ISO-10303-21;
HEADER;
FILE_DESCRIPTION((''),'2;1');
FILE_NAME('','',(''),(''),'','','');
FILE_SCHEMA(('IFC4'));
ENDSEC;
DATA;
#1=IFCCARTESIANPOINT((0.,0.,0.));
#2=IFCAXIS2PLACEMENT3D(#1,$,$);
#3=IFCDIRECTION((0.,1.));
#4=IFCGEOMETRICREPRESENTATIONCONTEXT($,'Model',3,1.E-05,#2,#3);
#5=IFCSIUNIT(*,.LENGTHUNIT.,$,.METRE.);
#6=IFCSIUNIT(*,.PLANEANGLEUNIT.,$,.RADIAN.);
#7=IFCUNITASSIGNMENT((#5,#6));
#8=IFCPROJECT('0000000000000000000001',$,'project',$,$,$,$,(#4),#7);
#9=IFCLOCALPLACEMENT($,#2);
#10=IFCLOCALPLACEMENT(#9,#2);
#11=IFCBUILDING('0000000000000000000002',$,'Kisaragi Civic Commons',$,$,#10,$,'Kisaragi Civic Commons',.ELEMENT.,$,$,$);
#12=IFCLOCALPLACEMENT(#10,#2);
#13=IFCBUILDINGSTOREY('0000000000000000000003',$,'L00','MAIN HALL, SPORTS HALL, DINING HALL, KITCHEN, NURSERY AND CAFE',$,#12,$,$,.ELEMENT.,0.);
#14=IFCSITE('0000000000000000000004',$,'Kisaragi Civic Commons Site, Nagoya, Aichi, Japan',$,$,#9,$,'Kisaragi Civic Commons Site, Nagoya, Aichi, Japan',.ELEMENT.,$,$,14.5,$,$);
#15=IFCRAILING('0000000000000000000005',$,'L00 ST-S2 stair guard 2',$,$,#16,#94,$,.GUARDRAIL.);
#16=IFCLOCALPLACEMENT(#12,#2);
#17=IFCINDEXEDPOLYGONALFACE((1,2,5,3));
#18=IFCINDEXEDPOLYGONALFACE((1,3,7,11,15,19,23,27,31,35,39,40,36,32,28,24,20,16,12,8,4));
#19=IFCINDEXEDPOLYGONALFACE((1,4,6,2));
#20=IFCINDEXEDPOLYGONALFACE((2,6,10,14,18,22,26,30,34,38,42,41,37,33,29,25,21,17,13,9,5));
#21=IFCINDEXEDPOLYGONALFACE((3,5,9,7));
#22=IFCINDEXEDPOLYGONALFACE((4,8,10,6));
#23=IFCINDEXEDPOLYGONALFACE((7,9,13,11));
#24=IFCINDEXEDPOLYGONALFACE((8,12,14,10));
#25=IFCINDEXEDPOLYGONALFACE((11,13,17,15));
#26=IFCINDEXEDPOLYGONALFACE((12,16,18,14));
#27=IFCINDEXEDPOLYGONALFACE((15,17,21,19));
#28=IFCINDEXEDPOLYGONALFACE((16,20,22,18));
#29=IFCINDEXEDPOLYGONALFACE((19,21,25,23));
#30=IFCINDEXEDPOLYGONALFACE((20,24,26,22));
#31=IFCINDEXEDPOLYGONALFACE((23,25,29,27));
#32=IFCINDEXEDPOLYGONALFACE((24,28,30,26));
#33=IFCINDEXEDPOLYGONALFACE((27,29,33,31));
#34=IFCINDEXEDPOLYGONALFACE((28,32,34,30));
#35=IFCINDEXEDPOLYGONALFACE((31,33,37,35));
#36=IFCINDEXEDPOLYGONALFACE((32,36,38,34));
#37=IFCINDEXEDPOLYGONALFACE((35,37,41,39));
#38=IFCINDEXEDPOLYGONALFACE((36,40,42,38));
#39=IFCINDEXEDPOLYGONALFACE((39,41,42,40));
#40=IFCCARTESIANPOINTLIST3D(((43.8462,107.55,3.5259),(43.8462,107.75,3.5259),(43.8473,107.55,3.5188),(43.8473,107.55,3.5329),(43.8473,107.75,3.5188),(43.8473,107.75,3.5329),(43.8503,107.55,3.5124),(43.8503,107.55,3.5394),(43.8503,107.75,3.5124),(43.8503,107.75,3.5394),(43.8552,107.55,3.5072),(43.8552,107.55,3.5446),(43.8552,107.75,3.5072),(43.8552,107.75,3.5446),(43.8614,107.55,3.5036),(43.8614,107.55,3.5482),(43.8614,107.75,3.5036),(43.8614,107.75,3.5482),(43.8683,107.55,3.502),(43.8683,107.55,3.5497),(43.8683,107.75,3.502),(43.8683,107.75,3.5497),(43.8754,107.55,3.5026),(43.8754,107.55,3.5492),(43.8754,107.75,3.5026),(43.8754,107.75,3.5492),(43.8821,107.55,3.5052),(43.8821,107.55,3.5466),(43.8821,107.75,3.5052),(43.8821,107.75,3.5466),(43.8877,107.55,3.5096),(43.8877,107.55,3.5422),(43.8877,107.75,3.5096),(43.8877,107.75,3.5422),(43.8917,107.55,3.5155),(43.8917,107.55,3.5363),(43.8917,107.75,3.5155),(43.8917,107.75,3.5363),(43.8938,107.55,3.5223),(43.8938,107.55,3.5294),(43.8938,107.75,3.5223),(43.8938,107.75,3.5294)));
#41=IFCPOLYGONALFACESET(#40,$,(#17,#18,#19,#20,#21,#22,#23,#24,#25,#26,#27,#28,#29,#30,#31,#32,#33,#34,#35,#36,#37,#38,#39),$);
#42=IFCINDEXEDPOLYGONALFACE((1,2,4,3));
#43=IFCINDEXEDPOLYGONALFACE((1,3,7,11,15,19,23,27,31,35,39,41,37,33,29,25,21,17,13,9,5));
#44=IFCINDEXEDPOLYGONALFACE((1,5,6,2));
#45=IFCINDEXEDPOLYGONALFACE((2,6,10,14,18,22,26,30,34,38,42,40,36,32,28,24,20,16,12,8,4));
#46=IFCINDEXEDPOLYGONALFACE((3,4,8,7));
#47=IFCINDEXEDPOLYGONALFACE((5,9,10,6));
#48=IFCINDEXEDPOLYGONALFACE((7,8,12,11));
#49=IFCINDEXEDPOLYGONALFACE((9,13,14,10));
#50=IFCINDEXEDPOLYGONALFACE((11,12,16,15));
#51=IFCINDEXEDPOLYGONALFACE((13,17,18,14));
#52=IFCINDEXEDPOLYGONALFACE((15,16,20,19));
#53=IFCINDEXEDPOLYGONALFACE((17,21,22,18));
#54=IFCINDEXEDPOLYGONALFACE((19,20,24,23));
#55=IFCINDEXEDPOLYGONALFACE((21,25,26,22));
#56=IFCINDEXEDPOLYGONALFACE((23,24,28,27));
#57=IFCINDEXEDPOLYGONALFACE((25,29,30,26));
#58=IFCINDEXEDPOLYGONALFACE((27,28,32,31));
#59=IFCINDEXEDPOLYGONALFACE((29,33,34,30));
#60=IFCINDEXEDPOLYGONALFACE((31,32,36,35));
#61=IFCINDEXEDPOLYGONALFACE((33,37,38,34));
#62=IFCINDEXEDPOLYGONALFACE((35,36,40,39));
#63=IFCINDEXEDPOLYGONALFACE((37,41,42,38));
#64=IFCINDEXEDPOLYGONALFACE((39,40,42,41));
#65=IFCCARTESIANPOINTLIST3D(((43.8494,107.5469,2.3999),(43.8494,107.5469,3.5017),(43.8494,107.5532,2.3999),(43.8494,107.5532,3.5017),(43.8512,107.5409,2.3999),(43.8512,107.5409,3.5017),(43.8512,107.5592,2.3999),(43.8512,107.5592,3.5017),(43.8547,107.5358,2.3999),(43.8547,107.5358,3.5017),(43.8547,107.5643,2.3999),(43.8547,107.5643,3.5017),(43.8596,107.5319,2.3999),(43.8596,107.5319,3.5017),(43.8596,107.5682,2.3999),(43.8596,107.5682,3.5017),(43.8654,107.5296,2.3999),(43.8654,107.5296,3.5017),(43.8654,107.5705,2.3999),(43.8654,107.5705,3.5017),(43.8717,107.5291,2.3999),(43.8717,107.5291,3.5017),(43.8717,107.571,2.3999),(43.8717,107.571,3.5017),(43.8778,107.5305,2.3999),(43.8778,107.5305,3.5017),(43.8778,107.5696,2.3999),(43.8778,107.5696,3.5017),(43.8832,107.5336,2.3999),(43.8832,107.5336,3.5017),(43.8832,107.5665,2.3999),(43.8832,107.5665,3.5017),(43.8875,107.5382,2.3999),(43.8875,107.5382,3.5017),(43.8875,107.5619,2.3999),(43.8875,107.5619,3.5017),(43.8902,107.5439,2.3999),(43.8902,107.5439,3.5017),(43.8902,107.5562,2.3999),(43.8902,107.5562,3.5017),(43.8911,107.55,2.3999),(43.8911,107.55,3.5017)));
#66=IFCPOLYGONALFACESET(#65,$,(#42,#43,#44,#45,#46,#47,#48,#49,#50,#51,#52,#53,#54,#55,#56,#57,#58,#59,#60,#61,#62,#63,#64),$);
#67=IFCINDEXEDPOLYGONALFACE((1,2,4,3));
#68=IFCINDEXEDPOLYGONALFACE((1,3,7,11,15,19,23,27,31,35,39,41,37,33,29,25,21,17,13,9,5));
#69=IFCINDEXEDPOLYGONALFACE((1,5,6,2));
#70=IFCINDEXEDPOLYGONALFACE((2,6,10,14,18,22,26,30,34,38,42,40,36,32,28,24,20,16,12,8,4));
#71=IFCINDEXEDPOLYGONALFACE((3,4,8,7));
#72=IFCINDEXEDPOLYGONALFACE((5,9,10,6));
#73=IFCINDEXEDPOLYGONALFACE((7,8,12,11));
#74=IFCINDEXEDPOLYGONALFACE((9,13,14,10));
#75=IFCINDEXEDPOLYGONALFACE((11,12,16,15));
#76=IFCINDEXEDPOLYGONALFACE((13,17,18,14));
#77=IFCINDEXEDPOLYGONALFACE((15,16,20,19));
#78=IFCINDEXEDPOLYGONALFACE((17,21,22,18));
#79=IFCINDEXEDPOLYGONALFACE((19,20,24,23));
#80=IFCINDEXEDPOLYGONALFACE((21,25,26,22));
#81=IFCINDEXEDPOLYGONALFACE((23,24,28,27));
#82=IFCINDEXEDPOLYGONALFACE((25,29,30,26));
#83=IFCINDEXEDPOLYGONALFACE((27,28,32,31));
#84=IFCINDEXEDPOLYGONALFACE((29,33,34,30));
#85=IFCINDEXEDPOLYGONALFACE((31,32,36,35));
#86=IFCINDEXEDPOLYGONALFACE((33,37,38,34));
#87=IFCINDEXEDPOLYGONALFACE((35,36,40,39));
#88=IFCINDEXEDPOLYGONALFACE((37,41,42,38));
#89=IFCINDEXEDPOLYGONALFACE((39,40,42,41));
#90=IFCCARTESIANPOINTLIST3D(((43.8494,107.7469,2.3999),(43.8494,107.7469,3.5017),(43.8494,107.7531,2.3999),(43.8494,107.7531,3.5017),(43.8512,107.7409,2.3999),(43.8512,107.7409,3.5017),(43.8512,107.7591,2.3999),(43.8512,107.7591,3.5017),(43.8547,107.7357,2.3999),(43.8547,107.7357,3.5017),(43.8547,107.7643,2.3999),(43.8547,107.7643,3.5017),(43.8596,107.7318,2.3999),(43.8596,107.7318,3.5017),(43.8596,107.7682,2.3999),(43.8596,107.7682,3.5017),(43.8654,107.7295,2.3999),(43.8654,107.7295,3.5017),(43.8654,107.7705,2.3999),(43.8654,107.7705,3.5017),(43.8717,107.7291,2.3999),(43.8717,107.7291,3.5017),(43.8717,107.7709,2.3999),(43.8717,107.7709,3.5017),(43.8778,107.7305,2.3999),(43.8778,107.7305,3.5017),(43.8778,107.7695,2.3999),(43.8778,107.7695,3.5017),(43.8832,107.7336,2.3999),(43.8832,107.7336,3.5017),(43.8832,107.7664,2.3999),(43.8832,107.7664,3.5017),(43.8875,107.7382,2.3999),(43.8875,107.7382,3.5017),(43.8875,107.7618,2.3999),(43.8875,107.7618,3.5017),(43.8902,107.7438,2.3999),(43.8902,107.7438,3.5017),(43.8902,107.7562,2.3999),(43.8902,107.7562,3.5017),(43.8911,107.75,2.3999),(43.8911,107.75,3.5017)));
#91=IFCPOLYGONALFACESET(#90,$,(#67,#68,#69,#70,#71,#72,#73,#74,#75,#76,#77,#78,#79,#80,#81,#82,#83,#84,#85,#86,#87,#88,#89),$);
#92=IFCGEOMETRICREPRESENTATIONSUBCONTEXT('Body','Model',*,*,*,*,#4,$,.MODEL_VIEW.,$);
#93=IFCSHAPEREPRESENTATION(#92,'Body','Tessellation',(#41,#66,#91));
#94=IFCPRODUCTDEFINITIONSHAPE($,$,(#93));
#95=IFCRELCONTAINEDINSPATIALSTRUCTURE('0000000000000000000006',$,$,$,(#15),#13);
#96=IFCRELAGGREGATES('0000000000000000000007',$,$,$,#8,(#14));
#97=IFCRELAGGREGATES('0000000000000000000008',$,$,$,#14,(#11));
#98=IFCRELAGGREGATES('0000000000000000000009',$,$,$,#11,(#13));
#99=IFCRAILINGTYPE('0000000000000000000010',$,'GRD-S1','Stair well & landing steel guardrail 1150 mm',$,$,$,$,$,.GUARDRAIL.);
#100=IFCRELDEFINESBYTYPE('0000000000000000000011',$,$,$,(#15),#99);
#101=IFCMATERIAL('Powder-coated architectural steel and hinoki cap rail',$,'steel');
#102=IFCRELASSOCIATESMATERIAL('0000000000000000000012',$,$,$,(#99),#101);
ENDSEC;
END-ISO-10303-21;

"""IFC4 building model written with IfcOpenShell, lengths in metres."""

from ifc_helpers import new_model, si_unit, direction, frame, origin, origin_2d, place, context, subcontext, project, spatial, circle, extrude, material, type_object, element, save


model = new_model("IFC4")

# Units and contexts
model_context = context("Model", 3, precision=1e-05, world=origin(), true_north=direction((0.0, 1.0)))
body_context = subcontext(model_context, "Body", "Model", "MODEL_VIEW")
ifc_project = project(units=[si_unit("LENGTHUNIT", "METRE"), si_unit("PLANEANGLEUNIT", "RADIAN")], contexts=[model_context])

# Site, building, storey
site_placement = place(None, origin())
site = spatial("IfcSite", under=ifc_project, at=site_placement, Name="Kisaragi Civic Commons Site, Nagoya, Aichi, Japan", LongName="Kisaragi Civic Commons Site, Nagoya, Aichi, Japan", CompositionType="ELEMENT", RefElevation=14.5)
building_placement = place(site_placement, origin())
building = spatial("IfcBuilding", under=site, at=building_placement, Name="Kisaragi Civic Commons", LongName="Kisaragi Civic Commons", CompositionType="ELEMENT")
storey_placement = place(building_placement, origin())
storey = spatial("IfcBuildingStorey", under=building, at=storey_placement, Name="L00", Description="MAIN HALL, SPORTS HALL, DINING HALL, KITCHEN, NURSERY AND CAFE", CompositionType="ELEMENT", Elevation=0.0)

# Railing
ifc_material_1 = material(Name="Powder-coated architectural steel and hinoki cap rail", Category="steel")
railing_type_1 = type_object("IfcRailingType", Name="GRD-S1", Description="Stair well & landing steel guardrail 1150 mm", PredefinedType="GUARDRAIL", material=ifc_material_1)
railing_1_placement = place(storey_placement, frame((43.8701, 107.55, 2.3999)))
element("IfcRailing", 1, at=railing_1_placement, inside=storey, type_object=railing_type_1, Name="L00 ST-S2 stair guard 2", PredefinedType="GUARDRAIL", context=body_context, shape_type="SweptSolid", body=[
    extrude(circle(Radius=0.0239, at=origin_2d()), frame((0.0, 0.0, 1.126), z_axis=(0.0, 1.0, 0.0), x_axis=(-1.0, 0.0, 0.0)), (0.0, 0.0, 1.0), 0.2),
    extrude(circle(Radius=0.021, at=origin_2d()), origin(), (0.0, 0.0, 1.0), 1.1018),
    extrude(circle(Radius=0.021, at=origin_2d()), frame((0.0, 0.2, 0.0)), (0.0, 0.0, 1.0), 1.1018),
])

save(model, "model.ifc")
